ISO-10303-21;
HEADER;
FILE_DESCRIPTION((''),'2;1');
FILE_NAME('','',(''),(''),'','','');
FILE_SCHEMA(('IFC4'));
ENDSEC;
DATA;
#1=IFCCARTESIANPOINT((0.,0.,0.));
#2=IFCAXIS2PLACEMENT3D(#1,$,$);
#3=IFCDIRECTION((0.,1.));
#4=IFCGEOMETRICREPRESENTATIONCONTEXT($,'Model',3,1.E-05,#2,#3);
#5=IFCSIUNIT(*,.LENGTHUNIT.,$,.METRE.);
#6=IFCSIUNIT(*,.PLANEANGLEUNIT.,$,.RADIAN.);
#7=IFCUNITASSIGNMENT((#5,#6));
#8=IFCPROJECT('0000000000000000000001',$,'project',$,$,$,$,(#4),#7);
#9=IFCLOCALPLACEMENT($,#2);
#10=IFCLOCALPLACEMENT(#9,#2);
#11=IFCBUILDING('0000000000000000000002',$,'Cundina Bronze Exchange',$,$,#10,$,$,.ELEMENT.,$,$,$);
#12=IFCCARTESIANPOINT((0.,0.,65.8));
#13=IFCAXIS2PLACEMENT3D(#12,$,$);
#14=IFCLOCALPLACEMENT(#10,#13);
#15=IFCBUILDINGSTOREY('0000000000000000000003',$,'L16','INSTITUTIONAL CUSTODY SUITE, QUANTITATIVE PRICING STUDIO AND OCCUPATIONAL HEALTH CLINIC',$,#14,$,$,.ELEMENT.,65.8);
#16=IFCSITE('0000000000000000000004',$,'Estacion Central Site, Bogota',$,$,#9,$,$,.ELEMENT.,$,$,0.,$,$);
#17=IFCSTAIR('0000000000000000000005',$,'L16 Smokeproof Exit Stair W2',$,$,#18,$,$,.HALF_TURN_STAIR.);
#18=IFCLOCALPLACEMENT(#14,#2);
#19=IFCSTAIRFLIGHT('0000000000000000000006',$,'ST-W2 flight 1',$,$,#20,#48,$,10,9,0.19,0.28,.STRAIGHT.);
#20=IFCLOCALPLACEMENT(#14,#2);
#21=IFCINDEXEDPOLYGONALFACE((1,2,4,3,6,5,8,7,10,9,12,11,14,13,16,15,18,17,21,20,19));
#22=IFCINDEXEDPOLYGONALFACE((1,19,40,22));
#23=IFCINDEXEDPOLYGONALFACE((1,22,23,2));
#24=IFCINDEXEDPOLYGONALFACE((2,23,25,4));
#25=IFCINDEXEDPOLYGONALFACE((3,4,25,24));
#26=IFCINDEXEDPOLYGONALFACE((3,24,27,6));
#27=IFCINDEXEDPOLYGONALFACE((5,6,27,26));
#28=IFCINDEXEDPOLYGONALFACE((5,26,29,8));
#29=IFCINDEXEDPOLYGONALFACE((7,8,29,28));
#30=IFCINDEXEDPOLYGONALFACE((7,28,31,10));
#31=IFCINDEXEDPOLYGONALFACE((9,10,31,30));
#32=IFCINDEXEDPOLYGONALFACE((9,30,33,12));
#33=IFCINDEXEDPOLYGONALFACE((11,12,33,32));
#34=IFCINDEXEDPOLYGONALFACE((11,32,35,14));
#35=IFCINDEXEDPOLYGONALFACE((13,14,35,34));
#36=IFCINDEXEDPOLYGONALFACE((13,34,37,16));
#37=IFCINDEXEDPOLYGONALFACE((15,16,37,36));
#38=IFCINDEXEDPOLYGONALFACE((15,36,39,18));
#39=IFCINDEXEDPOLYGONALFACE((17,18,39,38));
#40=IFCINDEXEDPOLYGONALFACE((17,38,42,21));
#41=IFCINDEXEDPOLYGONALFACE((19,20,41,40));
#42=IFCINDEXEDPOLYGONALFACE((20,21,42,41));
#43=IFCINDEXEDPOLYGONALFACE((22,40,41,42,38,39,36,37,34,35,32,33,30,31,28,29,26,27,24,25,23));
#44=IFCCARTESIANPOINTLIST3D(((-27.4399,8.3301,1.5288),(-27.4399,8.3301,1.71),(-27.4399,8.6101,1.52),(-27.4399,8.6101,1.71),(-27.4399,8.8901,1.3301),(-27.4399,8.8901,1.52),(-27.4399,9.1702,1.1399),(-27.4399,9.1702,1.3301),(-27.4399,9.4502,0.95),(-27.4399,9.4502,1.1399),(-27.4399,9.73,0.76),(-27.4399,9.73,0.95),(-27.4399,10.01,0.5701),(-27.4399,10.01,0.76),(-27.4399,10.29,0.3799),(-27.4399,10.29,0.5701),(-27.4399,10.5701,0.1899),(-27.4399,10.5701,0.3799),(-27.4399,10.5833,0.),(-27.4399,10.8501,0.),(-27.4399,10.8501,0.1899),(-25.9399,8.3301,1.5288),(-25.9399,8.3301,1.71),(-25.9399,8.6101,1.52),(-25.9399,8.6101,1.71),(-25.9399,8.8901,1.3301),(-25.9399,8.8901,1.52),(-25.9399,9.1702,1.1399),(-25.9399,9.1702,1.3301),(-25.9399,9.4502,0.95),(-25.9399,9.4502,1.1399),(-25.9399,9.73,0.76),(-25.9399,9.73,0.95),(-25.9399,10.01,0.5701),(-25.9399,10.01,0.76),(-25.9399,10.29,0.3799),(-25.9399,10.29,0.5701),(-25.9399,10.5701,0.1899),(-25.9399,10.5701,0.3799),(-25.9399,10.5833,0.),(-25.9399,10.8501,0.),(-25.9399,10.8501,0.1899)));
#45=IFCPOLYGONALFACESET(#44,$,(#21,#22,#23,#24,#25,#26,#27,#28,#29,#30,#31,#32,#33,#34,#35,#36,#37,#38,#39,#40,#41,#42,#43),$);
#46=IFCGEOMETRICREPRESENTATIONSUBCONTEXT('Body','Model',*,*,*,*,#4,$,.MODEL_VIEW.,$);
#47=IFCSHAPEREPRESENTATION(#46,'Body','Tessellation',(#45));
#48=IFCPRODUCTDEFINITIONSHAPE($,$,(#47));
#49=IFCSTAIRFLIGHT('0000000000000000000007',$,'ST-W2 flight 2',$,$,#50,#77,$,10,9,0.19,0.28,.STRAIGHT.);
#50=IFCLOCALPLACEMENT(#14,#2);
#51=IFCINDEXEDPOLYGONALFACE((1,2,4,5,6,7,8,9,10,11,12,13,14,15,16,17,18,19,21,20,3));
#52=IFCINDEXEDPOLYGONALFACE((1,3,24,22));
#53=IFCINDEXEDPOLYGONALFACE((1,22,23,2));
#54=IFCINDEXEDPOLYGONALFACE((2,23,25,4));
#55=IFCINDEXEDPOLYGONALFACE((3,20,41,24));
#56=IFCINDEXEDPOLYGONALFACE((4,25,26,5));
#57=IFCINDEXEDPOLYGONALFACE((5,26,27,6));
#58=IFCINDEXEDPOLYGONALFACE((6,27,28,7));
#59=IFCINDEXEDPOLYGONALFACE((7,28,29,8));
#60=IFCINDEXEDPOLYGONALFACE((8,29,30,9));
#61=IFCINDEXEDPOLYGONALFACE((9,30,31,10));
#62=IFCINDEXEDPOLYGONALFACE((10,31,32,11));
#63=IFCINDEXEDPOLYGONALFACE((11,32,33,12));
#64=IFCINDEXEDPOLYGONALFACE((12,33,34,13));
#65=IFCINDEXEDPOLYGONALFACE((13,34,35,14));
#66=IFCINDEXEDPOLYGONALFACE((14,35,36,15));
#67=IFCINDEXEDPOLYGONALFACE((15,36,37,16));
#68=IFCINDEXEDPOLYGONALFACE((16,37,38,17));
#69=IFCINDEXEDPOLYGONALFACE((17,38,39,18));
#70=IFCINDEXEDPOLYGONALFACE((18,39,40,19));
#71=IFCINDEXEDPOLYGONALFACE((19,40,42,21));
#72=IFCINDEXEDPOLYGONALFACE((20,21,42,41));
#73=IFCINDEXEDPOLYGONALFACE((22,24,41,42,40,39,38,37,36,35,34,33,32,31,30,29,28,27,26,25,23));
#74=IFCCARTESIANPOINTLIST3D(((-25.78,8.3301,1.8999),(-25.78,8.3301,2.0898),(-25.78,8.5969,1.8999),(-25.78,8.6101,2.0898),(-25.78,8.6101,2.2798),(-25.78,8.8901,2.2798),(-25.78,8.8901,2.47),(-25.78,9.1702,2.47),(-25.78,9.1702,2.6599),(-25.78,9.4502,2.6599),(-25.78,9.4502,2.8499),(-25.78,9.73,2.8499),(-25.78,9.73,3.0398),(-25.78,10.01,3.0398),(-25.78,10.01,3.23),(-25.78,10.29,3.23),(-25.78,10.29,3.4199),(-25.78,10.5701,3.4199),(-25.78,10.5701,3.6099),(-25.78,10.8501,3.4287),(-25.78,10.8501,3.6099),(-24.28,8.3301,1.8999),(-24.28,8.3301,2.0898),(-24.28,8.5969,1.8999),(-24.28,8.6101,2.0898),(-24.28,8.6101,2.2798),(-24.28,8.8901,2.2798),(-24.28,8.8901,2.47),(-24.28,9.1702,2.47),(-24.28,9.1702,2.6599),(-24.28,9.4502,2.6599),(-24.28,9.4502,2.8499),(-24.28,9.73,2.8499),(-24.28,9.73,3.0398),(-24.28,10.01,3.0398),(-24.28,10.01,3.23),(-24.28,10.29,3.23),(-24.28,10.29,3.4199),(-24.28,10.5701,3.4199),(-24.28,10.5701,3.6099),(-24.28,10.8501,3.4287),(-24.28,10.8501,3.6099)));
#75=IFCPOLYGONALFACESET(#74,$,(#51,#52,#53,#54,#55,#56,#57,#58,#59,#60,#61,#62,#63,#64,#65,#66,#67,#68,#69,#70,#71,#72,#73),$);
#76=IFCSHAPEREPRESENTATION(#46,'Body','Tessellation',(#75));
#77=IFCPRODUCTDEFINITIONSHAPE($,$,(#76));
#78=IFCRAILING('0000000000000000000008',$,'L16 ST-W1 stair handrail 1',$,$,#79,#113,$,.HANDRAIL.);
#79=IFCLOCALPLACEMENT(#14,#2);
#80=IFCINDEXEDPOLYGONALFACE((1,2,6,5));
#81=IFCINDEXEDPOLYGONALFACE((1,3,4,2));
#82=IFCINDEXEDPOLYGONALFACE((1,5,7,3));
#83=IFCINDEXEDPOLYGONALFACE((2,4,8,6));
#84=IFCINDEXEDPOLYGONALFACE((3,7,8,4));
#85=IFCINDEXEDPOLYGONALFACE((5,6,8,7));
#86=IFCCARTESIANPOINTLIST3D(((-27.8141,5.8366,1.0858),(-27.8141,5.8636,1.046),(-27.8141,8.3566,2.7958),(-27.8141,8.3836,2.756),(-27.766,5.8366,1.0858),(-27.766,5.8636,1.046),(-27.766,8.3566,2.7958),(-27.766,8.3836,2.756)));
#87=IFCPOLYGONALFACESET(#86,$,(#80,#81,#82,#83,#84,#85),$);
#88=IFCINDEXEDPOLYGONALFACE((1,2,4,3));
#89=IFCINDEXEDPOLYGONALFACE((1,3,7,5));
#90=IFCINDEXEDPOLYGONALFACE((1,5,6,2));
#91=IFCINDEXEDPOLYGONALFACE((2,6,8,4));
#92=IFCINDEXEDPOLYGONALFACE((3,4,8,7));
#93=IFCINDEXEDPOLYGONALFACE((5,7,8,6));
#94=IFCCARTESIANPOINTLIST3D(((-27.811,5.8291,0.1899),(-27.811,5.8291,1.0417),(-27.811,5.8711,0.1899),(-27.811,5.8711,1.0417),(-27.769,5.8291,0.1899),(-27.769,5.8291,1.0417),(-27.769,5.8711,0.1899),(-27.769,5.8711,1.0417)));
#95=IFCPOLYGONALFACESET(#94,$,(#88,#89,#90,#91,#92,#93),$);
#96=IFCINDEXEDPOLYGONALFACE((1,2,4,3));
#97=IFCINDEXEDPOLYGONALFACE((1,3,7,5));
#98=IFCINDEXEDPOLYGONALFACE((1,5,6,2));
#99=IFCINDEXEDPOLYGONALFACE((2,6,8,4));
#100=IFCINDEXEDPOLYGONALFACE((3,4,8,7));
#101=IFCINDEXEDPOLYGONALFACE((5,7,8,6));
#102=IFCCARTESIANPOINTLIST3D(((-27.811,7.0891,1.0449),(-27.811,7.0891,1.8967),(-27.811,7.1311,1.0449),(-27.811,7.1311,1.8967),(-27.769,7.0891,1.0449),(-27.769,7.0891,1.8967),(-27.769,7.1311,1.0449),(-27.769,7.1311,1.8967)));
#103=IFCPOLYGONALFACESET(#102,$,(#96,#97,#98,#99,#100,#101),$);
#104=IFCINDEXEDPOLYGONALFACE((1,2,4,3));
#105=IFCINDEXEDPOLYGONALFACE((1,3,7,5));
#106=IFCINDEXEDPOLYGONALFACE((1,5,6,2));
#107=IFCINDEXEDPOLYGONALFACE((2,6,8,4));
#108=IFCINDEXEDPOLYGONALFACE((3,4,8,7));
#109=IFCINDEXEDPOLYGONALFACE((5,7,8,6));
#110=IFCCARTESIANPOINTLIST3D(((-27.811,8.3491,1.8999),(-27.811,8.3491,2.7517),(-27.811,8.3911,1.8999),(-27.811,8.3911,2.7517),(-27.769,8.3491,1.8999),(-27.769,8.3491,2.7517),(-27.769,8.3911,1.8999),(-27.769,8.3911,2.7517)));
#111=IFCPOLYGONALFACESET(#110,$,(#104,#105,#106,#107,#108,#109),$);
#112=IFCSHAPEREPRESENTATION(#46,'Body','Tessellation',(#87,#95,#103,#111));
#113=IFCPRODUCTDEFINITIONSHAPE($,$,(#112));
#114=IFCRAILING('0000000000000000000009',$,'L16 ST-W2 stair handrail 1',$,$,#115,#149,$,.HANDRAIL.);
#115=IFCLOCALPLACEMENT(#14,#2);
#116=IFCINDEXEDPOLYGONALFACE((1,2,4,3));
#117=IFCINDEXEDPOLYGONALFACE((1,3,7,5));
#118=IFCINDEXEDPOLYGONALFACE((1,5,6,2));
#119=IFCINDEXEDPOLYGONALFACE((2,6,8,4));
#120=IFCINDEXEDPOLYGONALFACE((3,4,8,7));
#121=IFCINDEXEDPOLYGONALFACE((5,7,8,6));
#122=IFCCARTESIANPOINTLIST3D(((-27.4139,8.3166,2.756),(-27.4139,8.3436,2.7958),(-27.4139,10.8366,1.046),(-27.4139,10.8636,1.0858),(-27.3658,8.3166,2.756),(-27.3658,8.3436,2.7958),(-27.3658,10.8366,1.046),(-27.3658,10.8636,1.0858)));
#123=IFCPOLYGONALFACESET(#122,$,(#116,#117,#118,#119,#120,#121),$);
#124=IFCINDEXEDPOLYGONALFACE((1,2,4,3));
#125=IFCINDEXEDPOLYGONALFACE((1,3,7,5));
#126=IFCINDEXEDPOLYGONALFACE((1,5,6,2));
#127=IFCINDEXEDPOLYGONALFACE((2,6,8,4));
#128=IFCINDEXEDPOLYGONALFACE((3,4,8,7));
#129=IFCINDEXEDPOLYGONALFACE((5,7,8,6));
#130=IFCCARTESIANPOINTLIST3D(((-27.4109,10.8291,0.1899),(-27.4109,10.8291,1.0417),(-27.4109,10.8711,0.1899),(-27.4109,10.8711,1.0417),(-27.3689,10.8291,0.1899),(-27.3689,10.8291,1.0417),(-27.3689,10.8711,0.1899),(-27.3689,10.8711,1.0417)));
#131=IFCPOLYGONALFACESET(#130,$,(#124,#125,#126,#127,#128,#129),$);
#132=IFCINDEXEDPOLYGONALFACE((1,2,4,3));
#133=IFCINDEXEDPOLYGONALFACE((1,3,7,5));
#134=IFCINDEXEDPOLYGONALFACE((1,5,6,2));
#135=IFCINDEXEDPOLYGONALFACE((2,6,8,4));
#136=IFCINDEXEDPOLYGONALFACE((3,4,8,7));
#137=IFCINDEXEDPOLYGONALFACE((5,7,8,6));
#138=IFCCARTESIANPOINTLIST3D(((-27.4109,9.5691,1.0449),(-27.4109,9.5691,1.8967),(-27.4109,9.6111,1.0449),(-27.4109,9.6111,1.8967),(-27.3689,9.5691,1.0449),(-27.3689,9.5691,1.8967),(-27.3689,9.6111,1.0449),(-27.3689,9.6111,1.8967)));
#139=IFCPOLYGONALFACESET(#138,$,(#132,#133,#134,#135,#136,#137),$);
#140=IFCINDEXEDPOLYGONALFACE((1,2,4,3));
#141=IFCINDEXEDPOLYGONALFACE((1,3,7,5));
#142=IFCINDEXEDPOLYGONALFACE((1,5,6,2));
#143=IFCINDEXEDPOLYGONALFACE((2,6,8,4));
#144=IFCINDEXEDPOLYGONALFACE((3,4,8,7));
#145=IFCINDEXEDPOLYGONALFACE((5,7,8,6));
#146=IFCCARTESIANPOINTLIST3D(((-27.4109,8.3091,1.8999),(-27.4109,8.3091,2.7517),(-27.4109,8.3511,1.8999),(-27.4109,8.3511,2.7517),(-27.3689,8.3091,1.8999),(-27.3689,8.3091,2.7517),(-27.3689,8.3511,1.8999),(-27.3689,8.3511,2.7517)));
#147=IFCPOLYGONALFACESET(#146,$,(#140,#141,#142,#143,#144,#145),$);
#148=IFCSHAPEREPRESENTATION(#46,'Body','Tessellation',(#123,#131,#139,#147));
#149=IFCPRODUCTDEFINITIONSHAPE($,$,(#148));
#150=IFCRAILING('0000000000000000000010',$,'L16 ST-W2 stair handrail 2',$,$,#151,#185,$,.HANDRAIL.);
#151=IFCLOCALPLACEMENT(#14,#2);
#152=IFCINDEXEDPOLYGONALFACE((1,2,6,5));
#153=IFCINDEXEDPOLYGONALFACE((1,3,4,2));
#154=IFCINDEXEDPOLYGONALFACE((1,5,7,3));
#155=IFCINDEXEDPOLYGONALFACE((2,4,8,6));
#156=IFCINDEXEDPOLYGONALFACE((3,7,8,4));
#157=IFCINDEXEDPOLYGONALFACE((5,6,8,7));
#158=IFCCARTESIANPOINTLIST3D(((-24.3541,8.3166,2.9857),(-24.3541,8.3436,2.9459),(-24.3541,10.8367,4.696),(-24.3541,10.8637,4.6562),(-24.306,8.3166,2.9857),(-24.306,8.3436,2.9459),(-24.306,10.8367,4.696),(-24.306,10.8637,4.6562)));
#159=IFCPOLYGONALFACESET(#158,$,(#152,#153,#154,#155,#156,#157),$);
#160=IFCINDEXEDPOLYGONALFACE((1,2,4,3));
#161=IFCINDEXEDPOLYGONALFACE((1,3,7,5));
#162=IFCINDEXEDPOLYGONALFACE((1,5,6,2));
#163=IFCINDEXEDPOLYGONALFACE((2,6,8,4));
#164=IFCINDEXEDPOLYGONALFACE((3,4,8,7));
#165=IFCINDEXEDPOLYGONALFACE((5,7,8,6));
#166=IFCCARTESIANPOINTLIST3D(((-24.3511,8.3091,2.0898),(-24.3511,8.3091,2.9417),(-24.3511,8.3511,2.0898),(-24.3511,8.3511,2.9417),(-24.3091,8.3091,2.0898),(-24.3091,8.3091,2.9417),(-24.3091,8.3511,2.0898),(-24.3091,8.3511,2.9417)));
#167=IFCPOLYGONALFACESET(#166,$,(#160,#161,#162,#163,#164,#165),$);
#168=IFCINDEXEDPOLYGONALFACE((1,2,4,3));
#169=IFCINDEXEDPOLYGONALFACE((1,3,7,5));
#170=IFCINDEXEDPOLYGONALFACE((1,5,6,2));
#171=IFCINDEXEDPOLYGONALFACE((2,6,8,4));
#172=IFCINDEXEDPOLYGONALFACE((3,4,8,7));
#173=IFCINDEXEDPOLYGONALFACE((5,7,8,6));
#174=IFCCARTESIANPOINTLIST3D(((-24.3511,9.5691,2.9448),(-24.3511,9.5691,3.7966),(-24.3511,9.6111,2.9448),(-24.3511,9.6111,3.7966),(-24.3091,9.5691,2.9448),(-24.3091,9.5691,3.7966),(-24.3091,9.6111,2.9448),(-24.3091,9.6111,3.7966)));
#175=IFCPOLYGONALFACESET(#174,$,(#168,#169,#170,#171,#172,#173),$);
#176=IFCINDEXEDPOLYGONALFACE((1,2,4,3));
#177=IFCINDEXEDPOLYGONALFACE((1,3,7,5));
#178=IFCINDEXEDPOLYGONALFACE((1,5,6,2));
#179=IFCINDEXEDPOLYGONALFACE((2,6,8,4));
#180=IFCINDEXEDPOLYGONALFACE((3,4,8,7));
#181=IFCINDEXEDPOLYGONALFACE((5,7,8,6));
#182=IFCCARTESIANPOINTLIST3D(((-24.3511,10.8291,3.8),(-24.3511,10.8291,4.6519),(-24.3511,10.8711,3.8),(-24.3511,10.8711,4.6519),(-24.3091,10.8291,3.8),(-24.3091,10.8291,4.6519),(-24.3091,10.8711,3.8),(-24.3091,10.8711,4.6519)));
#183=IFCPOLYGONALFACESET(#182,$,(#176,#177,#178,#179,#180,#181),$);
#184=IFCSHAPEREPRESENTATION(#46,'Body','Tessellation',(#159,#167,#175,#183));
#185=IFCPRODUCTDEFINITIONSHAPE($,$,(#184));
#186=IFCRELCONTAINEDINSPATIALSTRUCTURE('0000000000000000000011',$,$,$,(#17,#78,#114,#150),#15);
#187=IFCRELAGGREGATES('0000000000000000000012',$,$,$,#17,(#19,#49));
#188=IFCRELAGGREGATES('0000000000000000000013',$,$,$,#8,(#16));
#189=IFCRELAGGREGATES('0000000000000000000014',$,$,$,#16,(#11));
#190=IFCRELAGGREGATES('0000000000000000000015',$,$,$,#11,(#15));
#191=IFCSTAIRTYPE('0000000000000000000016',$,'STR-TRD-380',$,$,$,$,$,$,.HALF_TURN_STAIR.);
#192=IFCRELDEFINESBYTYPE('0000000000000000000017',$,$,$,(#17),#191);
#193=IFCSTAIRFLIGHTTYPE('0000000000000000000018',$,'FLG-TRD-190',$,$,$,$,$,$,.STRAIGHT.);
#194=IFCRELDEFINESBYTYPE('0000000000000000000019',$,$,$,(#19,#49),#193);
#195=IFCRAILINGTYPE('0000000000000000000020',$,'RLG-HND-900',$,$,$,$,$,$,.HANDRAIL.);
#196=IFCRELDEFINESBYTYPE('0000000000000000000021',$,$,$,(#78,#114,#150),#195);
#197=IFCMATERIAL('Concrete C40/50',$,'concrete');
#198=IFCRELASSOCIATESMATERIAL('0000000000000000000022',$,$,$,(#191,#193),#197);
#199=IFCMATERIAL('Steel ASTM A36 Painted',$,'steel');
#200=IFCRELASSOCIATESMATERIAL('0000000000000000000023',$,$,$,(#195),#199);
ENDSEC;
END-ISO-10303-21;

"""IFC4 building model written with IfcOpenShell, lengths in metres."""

from ifc_helpers import new_model, si_unit, direction, frame, origin, origin_2d, place, context, subcontext, project, spatial, polyline, rectangle, outline, extrude, material, type_object, element, aggregate, save


model = new_model("IFC4")

# Units and contexts
model_context = context("Model", 3, precision=1e-05, world=origin(), true_north=direction((0.0, 1.0)))
body_context = subcontext(model_context, "Body", "Model", "MODEL_VIEW")
ifc_project = project(units=[si_unit("LENGTHUNIT", "METRE"), si_unit("PLANEANGLEUNIT", "RADIAN")], contexts=[model_context])

# Site, building, storey
site_placement = place(None, origin())
site = spatial("IfcSite", under=ifc_project, at=site_placement, Name="Estacion Central Site, Bogota", CompositionType="ELEMENT", RefElevation=0.0)
building_placement = place(site_placement, origin())
building = spatial("IfcBuilding", under=site, at=building_placement, Name="Cundina Bronze Exchange", CompositionType="ELEMENT")
storey_placement = place(building_placement, frame((0.0, 0.0, 65.8)))
storey = spatial("IfcBuildingStorey", under=building, at=storey_placement, Name="L16", Description="INSTITUTIONAL CUSTODY SUITE, QUANTITATIVE PRICING STUDIO AND OCCUPATIONAL HEALTH CLINIC", CompositionType="ELEMENT", Elevation=65.8)

# Shared definitions
ifc_material_1 = material(Name="Steel ASTM A36 Painted", Category="steel")

# Stair, stair flights
ifc_material_2 = material(Name="Concrete C40/50", Category="concrete")
stair_type = type_object("IfcStairType", Name="STR-TRD-380", PredefinedType="HALF_TURN_STAIR", material=ifc_material_2)
stair_placement = place(storey_placement, origin())
stair = element("IfcStair", 1, at=stair_placement, inside=storey, type_object=stair_type, Name="L16 Smokeproof Exit Stair W2", PredefinedType="HALF_TURN_STAIR")
stair_flight_type = type_object("IfcStairFlightType", Name="FLG-TRD-190", PredefinedType="STRAIGHT", material=ifc_material_2)
stair_flight_1_placement = place(storey_placement, frame((-26.6899, 10.8501, 0.0), z_axis=(0.0, 0.0, 1.0), x_axis=(0.0, -1.0, 0.0)))
stair_flight_1 = element("IfcStairFlight", 2, at=stair_flight_1_placement, type_object=stair_flight_type, Name="ST-W2 flight 1", NumberOfRisers=10, NumberOfTreads=9, PredefinedType="STRAIGHT", RiserHeight=0.19, TreadLength=0.28, context=body_context, shape_type="SweptSolid", body=[
    extrude(outline(polyline([(0.0, 0.0), (0.0, 0.1899), (0.28, 0.1899), (0.28, 0.3799), (0.5601, 0.3799), (0.5601, 0.5701), (0.8401, 0.5701), (0.8401, 0.76), (1.1201, 0.76), (1.1201, 0.95), (1.3999, 0.95), (1.3999, 1.1399), (1.6799, 1.1399), (1.6799, 1.3301), (1.96, 1.3301), (1.96, 1.52), (2.24, 1.52), (2.24, 1.71), (2.52, 1.71), (2.52, 1.8999), (2.52, 1.5288), (0.2668, 0.0), (0.0, 0.0)])), frame((0.0, 0.75, 0.0), z_axis=(0.0, -1.0, 0.0), x_axis=(1.0, 0.0, 0.0)), (0.0, 0.0, 1.0), 1.5),
])
stair_flight_2_placement = place(storey_placement, frame((-25.03, 8.3301, 1.8999), z_axis=(0.0, 0.0, 1.0), x_axis=(0.0, 1.0, 0.0)))
stair_flight_2 = element("IfcStairFlight", 3, at=stair_flight_2_placement, type_object=stair_flight_type, Name="ST-W2 flight 2", NumberOfRisers=10, NumberOfTreads=9, PredefinedType="STRAIGHT", RiserHeight=0.19, TreadLength=0.28, context=body_context, shape_type="SweptSolid", body=[
    extrude(outline(polyline([(0.0, 0.0), (0.0, 0.1899), (0.28, 0.1899), (0.28, 0.3799), (0.5601, 0.3799), (0.5601, 0.5701), (0.8401, 0.5701), (0.8401, 0.76), (1.1201, 0.76), (1.1201, 0.95), (1.3999, 0.95), (1.3999, 1.1399), (1.6799, 1.1399), (1.6799, 1.3301), (1.96, 1.3301), (1.96, 1.52), (2.24, 1.52), (2.24, 1.71), (2.52, 1.71), (2.52, 1.8999), (2.52, 1.5288), (0.2668, 0.0), (0.0, 0.0)])), frame((0.0, 0.75, 0.0), z_axis=(0.0, -1.0, 0.0), x_axis=(1.0, 0.0, 0.0)), (0.0, 0.0, 1.0), 1.5),
])
aggregate(stair, [stair_flight_1, stair_flight_2])

# Railings
railing_type_1 = type_object("IfcRailingType", Name="RLG-HND-900", PredefinedType="HANDRAIL", material=ifc_material_1)
railing_1_placement = place(storey_placement, frame((-27.79, 5.8501, 0.1899)))
element("IfcRailing", 4, at=railing_1_placement, inside=storey, type_object=railing_type_1, Name="L16 ST-W1 stair handrail 1", PredefinedType="HANDRAIL", context=body_context, shape_type="SweptSolid", body=[
    extrude(rectangle(XDim=0.0481, YDim=0.0481, at=origin_2d()), frame((0.0, 0.0, 0.876), z_axis=(0.0, 0.827484, 0.56149), x_axis=(-1.0, 0.0, 0.0)), (0.0, 0.0, 1.0), 3.0454),
    extrude(rectangle(XDim=0.042, YDim=0.042, at=origin_2d()), origin(), (0.0, 0.0, 1.0), 0.8518),
    extrude(rectangle(XDim=0.042, YDim=0.042, at=origin_2d()), frame((0.0, 1.26, 0.855)), (0.0, 0.0, 1.0), 0.8518),
    extrude(rectangle(XDim=0.042, YDim=0.042, at=origin_2d()), frame((0.0, 2.52, 1.71)), (0.0, 0.0, 1.0), 0.8518),
])
railing_2_placement = place(storey_placement, frame((-27.3899, 10.8501, 0.1899)))
element("IfcRailing", 5, at=railing_2_placement, inside=storey, type_object=railing_type_1, Name="L16 ST-W2 stair handrail 1", PredefinedType="HANDRAIL", context=body_context, shape_type="SweptSolid", body=[
    extrude(rectangle(XDim=0.0481, YDim=0.0481, at=origin_2d()), frame((0.0, 0.0, 0.876), z_axis=(0.0, -0.827484, 0.56149), x_axis=(1.0, 0.0, 0.0)), (0.0, 0.0, 1.0), 3.0454),
    extrude(rectangle(XDim=0.042, YDim=0.042, at=origin_2d()), origin(), (0.0, 0.0, 1.0), 0.8518),
    extrude(rectangle(XDim=0.042, YDim=0.042, at=origin_2d()), frame((0.0, -1.26, 0.855)), (0.0, 0.0, 1.0), 0.8518),
    extrude(rectangle(XDim=0.042, YDim=0.042, at=origin_2d()), frame((0.0, -2.52, 1.71)), (0.0, 0.0, 1.0), 0.8518),
])
railing_3_placement = place(storey_placement, frame((-24.3301, 8.3301, 2.0898)))
element("IfcRailing", 6, at=railing_3_placement, inside=storey, type_object=railing_type_1, Name="L16 ST-W2 stair handrail 2", PredefinedType="HANDRAIL", context=body_context, shape_type="SweptSolid", body=[
    extrude(rectangle(XDim=0.0481, YDim=0.0481, at=origin_2d()), frame((0.0, 0.0, 0.876), z_axis=(0.0, 0.827447, 0.561545), x_axis=(-1.0, 0.0, 0.0)), (0.0, 0.0, 1.0), 3.0457),
    extrude(rectangle(XDim=0.042, YDim=0.042, at=origin_2d()), origin(), (0.0, 0.0, 1.0), 0.8518),
    extrude(rectangle(XDim=0.042, YDim=0.042, at=origin_2d()), frame((0.0, 1.26, 0.855)), (0.0, 0.0, 1.0), 0.8518),
    extrude(rectangle(XDim=0.042, YDim=0.042, at=origin_2d()), frame((0.0, 2.52, 1.7102)), (0.0, 0.0, 1.0), 0.8518),
])

save(model, "model.ifc")
